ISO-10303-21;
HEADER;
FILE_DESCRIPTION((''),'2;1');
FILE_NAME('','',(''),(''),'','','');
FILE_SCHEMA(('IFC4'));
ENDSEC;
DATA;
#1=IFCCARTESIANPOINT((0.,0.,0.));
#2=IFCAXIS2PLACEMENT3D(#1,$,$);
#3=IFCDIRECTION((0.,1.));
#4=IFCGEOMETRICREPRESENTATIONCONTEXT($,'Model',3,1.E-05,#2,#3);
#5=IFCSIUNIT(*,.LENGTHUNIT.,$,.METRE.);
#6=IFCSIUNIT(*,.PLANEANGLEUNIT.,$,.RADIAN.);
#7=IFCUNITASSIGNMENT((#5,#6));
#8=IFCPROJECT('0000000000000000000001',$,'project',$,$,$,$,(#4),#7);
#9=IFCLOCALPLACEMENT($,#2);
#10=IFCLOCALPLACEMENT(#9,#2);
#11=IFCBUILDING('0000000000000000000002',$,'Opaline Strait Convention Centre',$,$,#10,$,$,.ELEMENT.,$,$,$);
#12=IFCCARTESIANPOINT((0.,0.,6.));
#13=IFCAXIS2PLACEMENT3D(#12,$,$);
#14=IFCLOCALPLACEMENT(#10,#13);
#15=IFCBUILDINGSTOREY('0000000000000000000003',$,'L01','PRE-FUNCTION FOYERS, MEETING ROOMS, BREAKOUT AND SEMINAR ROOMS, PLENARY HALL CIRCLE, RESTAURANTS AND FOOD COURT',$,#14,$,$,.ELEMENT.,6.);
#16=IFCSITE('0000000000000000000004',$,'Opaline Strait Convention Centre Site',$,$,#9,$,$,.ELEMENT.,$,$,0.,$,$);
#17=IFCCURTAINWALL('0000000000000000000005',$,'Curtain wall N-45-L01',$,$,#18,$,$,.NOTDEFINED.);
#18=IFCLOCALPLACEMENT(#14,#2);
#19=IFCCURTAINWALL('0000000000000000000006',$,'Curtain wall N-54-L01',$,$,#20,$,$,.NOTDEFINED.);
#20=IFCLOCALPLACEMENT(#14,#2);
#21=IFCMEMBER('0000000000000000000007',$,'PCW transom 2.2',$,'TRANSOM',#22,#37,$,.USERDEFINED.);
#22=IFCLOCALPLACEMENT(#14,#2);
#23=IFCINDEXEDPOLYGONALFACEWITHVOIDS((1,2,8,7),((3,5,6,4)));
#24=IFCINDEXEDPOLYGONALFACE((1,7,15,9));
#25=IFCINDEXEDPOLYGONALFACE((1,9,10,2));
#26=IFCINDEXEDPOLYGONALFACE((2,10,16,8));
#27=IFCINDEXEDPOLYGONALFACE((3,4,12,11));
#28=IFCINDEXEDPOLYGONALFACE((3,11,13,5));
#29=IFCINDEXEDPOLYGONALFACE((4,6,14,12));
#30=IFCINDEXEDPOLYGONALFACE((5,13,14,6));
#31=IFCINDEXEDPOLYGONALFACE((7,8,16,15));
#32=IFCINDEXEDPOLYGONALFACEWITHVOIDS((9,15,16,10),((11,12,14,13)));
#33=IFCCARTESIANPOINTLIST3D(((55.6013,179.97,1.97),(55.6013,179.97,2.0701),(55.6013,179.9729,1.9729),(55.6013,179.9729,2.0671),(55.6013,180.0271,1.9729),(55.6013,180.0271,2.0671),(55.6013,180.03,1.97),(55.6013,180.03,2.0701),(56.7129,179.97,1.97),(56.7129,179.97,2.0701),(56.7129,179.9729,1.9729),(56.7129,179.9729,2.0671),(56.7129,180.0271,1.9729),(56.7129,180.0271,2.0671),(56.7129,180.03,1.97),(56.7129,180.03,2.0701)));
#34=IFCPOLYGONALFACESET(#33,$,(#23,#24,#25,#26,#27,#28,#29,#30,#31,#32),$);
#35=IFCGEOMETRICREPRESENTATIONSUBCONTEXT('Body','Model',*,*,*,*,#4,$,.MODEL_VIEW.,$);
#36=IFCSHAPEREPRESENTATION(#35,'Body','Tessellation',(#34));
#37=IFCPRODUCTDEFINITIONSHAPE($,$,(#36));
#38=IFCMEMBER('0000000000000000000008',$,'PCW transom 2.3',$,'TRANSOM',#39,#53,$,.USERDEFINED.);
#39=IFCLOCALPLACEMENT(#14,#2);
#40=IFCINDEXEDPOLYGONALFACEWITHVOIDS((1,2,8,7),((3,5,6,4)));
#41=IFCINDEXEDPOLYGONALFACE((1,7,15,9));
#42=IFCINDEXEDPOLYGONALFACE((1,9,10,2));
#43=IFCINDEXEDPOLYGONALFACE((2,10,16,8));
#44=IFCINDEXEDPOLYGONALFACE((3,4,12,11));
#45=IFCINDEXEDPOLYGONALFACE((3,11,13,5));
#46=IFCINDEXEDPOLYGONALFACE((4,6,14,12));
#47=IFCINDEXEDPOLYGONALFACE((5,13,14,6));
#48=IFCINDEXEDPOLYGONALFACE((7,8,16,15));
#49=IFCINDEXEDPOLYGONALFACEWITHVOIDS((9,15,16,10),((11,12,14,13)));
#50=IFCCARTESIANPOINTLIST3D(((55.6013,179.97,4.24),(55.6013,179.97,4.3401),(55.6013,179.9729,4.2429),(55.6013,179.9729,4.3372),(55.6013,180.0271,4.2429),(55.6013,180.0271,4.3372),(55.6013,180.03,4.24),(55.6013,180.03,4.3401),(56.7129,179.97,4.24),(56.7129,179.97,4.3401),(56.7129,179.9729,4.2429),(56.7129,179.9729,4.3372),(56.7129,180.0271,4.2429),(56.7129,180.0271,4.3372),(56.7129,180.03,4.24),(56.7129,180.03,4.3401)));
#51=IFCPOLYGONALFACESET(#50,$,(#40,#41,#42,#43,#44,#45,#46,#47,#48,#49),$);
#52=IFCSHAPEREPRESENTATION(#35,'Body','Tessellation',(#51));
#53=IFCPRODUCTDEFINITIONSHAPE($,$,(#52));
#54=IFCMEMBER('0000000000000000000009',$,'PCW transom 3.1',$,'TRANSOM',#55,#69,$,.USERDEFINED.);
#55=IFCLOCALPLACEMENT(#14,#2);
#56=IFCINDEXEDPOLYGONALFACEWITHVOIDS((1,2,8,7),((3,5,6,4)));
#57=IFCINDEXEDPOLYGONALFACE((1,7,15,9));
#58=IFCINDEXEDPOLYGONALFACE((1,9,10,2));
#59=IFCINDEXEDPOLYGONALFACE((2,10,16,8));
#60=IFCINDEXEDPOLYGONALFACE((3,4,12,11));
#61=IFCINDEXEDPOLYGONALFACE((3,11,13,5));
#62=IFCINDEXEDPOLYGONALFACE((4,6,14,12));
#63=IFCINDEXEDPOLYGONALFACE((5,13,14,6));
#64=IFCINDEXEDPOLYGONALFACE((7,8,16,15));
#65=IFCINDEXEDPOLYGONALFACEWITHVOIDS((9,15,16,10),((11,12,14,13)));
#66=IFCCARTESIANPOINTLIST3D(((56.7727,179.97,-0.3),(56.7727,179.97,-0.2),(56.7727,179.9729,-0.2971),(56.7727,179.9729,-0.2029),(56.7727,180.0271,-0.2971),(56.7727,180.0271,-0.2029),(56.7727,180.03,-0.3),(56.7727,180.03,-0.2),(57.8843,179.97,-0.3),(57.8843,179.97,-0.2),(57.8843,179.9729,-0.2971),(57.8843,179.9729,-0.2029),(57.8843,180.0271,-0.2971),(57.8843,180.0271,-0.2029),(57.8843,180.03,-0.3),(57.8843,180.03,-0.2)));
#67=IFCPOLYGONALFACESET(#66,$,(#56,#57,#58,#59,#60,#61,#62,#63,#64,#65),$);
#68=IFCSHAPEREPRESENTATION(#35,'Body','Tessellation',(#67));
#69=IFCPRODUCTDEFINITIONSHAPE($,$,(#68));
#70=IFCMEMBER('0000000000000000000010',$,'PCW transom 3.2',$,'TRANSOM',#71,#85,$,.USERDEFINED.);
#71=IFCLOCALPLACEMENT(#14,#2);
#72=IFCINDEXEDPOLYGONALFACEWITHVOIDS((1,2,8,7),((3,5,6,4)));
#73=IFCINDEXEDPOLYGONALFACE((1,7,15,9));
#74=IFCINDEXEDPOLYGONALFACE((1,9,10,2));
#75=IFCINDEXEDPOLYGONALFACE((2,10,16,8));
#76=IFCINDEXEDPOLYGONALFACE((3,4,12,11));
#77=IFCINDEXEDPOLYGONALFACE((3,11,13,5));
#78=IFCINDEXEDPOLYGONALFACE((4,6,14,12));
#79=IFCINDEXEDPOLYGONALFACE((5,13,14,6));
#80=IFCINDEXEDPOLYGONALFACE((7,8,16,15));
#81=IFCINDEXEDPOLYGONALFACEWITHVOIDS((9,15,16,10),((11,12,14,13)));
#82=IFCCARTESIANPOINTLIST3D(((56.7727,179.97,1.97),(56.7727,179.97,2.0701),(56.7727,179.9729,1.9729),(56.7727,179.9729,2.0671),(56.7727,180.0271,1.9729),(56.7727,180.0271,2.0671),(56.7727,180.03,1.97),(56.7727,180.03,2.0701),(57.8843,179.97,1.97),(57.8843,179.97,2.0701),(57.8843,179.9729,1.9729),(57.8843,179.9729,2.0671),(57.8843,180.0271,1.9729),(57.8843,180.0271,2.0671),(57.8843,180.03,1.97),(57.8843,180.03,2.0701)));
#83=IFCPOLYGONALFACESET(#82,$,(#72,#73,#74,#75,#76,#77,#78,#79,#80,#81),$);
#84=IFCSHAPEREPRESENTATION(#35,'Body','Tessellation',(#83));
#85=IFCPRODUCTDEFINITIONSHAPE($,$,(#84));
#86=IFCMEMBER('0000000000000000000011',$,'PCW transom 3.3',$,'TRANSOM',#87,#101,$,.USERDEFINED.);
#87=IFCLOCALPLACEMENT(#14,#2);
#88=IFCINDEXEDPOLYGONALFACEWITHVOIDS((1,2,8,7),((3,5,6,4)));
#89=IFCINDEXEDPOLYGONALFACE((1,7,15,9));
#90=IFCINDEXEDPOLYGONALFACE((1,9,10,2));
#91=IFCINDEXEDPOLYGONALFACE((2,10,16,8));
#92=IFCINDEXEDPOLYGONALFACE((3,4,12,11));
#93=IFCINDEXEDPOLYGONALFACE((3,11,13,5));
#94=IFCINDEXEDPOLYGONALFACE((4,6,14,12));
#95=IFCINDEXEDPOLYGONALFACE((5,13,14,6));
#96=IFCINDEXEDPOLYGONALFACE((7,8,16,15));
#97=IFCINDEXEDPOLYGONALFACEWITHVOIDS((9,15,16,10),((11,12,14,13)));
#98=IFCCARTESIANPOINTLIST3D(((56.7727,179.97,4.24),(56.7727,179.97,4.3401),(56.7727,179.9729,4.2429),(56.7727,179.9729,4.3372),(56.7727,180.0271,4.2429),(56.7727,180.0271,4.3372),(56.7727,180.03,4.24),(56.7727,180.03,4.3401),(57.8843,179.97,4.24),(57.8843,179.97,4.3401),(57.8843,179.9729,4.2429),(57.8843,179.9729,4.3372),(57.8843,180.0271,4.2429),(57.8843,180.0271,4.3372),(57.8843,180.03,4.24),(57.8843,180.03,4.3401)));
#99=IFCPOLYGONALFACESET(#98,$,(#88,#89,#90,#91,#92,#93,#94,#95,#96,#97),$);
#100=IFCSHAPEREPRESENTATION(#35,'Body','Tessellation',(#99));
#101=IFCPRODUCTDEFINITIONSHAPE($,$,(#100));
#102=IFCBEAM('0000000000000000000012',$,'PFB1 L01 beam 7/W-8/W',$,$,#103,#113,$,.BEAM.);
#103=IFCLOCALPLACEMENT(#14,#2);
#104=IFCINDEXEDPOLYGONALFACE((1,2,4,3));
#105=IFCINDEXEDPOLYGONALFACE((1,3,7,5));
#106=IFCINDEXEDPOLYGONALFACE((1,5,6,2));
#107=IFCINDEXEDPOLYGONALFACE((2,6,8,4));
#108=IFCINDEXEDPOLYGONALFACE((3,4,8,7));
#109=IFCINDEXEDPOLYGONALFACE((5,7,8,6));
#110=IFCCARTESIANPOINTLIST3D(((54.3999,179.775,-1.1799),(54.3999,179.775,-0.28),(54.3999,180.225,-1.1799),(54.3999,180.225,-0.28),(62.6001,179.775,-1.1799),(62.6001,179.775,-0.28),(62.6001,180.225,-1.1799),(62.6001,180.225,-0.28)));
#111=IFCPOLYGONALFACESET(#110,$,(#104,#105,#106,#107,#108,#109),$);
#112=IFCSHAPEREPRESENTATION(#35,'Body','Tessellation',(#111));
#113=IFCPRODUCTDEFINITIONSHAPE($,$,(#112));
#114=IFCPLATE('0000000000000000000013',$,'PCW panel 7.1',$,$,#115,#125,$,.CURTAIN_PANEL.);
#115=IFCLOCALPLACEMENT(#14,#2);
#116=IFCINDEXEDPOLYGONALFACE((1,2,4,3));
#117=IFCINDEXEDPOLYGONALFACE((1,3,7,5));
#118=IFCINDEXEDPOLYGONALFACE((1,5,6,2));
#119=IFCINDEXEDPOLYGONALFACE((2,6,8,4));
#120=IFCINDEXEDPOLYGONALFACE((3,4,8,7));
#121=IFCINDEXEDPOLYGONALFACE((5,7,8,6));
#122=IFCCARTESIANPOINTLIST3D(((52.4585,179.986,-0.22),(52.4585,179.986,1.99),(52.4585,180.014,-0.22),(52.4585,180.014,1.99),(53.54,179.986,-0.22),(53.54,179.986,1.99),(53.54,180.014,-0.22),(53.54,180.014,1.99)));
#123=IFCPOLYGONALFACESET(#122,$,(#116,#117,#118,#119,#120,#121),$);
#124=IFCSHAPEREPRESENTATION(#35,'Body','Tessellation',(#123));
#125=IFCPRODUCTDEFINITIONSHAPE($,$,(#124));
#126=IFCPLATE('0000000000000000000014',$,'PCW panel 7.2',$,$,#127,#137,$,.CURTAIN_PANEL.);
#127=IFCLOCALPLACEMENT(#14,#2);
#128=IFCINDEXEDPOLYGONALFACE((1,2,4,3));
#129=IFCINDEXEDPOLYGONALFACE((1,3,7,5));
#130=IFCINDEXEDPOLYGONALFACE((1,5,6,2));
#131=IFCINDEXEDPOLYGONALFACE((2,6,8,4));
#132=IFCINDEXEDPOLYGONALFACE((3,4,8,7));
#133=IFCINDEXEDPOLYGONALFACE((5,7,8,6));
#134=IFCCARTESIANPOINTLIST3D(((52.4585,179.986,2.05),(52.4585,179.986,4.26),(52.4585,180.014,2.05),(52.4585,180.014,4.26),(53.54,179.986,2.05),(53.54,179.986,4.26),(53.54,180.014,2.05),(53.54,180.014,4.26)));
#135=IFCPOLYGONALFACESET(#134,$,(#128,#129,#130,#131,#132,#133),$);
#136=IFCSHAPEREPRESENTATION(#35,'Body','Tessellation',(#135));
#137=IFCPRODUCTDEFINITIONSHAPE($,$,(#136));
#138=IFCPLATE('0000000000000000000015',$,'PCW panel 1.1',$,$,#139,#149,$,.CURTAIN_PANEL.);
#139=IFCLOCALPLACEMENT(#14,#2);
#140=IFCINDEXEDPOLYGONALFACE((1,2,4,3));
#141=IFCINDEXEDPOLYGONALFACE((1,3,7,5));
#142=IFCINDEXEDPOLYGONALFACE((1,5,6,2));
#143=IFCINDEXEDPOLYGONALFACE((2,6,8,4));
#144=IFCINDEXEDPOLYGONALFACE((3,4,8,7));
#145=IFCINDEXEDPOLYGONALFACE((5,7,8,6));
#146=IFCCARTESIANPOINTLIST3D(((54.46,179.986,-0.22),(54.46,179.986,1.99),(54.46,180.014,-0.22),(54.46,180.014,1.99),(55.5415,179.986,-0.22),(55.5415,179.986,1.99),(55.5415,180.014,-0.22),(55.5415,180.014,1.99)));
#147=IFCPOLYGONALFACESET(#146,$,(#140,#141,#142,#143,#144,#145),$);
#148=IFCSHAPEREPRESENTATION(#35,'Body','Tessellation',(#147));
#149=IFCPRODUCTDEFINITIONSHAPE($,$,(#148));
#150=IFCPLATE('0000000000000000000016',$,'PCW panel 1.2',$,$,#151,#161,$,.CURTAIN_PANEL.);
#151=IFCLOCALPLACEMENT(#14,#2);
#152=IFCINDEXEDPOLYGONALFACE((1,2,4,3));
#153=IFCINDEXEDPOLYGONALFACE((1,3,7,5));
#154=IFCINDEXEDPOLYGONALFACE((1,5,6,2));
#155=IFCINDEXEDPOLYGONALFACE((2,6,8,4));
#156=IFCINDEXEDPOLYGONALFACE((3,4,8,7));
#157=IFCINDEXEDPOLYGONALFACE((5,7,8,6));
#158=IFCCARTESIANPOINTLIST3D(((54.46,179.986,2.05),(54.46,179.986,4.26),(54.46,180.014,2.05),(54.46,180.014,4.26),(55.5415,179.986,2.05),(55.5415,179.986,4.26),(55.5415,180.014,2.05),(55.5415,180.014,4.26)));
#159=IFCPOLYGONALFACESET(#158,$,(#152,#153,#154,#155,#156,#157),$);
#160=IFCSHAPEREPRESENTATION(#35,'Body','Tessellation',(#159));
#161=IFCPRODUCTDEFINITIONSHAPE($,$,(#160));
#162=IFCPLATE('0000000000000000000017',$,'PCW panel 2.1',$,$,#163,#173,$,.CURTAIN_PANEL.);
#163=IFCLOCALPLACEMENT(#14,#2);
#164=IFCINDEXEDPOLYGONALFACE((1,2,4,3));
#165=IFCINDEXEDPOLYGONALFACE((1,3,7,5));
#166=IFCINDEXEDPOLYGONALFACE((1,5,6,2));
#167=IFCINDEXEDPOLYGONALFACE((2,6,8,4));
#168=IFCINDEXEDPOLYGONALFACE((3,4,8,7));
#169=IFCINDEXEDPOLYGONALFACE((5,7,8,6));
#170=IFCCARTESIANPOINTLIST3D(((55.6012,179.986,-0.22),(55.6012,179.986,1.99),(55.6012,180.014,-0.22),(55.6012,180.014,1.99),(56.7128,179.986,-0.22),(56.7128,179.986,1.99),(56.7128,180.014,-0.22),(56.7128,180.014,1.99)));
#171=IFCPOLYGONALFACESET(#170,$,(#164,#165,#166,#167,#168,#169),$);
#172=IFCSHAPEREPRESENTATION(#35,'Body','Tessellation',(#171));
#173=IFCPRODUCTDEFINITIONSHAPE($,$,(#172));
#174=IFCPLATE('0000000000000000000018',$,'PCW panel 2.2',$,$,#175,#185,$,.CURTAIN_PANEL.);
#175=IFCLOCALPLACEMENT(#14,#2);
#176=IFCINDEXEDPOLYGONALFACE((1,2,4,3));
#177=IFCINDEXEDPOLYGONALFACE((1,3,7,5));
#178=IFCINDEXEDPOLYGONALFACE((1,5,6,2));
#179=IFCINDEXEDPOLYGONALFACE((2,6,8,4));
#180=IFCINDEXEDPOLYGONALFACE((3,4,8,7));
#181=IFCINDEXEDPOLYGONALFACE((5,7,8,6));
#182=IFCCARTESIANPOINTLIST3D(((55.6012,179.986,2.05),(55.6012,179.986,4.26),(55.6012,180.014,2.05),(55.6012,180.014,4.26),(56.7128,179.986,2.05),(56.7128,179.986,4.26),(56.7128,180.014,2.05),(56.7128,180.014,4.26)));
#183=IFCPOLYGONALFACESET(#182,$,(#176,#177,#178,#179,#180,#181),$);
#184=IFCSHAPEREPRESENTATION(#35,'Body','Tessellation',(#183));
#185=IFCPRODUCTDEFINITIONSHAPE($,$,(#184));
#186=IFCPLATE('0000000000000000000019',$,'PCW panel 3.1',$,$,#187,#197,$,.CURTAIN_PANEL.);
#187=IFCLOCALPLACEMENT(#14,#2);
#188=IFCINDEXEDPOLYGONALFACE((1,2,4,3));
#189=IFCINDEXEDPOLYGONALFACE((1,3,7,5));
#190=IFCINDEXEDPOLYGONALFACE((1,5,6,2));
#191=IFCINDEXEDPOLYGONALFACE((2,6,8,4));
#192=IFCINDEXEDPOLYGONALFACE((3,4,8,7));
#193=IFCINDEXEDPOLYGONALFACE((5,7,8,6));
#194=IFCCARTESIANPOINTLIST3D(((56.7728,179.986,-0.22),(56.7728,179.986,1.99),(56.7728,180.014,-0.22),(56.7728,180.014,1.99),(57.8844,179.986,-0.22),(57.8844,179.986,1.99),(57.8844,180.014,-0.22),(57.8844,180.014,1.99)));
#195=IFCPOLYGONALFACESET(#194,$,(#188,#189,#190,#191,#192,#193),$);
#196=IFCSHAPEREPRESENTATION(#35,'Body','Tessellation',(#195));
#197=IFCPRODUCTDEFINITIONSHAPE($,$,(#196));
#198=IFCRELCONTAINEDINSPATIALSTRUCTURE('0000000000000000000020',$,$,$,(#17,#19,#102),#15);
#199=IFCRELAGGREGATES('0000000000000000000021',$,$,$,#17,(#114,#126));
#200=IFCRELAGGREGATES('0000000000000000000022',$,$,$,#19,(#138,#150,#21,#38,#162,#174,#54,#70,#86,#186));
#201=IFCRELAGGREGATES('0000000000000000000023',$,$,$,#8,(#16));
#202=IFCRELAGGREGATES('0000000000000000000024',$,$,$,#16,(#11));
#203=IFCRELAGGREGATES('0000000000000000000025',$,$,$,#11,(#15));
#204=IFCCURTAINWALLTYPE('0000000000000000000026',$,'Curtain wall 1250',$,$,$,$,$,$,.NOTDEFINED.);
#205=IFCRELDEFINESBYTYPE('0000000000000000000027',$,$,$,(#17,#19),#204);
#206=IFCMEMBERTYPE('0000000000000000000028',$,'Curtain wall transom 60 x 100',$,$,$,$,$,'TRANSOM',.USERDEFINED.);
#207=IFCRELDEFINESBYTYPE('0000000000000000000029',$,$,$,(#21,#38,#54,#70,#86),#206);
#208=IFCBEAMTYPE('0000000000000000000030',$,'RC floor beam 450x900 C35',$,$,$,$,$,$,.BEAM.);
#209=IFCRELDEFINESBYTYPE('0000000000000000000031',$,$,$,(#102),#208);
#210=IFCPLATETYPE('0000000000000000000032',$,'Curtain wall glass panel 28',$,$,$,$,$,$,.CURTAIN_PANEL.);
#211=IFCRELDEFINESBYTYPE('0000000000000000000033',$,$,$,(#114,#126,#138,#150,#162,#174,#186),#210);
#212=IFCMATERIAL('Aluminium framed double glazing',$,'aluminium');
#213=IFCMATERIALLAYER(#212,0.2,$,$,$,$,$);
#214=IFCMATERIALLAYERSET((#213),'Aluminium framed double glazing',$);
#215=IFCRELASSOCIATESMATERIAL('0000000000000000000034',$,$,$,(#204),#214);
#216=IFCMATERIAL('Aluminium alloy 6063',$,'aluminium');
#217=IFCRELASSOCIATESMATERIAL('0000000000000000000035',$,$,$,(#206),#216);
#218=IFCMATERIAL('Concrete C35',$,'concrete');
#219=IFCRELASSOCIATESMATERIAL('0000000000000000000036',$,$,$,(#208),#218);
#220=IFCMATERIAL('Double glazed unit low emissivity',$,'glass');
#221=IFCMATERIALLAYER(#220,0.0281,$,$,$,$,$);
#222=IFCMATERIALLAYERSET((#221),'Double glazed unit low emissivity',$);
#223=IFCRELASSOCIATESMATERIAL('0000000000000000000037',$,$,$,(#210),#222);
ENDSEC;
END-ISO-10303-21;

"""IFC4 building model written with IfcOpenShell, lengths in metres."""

from ifc_helpers import new_model, si_unit, direction, frame, origin, origin_2d, place, context, subcontext, project, spatial, rectangle, hollow_rectangle, extrude, material, layer, layer_set, material_profile, profile_set, type_object, element, aggregate, save


model = new_model("IFC4")

# Units and contexts
model_context = context("Model", 3, precision=1e-05, world=origin(), true_north=direction((0.0, 1.0)))
body_context = subcontext(model_context, "Body", "Model", "MODEL_VIEW")
ifc_project = project(units=[si_unit("LENGTHUNIT", "METRE"), si_unit("PLANEANGLEUNIT", "RADIAN")], contexts=[model_context])

# Site, building, storey
site_placement = place(None, origin())
site = spatial("IfcSite", under=ifc_project, at=site_placement, Name="Opaline Strait Convention Centre Site", CompositionType="ELEMENT", RefElevation=0.0)
building_placement = place(site_placement, origin())
building = spatial("IfcBuilding", under=site, at=building_placement, Name="Opaline Strait Convention Centre", CompositionType="ELEMENT")
storey_placement = place(building_placement, frame((0.0, 0.0, 6.0)))
storey = spatial("IfcBuildingStorey", under=building, at=storey_placement, Name="L01", Description="PRE-FUNCTION FOYERS, MEETING ROOMS, BREAKOUT AND SEMINAR ROOMS, PLENARY HALL CIRCLE, RESTAURANTS AND FOOD COURT", CompositionType="ELEMENT", Elevation=6.0)

# Curtain wall
ifc_material_1 = material(Name="Aluminium framed double glazing", Category="aluminium")
ifc_layer_1 = layer(ifc_material_1, 0.2)
ifc_layer_set_1 = layer_set([ifc_layer_1], Name="Aluminium framed double glazing")
curtain_wall_type = type_object("IfcCurtainWallType", Name="Curtain wall 1250", PredefinedType="NOTDEFINED", material=ifc_layer_set_1)
curtain_wall_1_placement = place(storey_placement, origin())
curtain_wall_1 = element("IfcCurtainWall", 1, at=curtain_wall_1_placement, inside=storey, type_object=curtain_wall_type, Name="Curtain wall N-45-L01", PredefinedType="NOTDEFINED")
ifc_material_2 = material(Name="Aluminium alloy 6063", Category="aluminium")

# Curtain wall
curtain_wall_2_placement = place(storey_placement, origin())
curtain_wall_2 = element("IfcCurtainWall", 2, at=curtain_wall_2_placement, inside=storey, type_object=curtain_wall_type, Name="Curtain wall N-54-L01", PredefinedType="NOTDEFINED")

# Members
ifc_material_profile_1 = material_profile(ifc_material_2, hollow_rectangle(XDim=0.0601, YDim=0.1001, WallThickness=0.0029, at=origin_2d()), Name="TRANSOM 60x100x3")
ifc_profile_set_1 = profile_set([ifc_material_profile_1], Name="Aluminium alloy 6063")
member_type_1 = type_object("IfcMemberType", Name="Curtain wall transom 60 x 100", ElementType="TRANSOM", PredefinedType="USERDEFINED", material=ifc_profile_set_1)
member_1_placement = place(storey_placement, frame((55.6013, 180.0, 2.02), z_axis=(1.0, 0.0, 0.0), x_axis=(0.0, 1.0, 0.0)))
member_1 = element("IfcMember", 3, at=member_1_placement, type_object=member_type_1, Name="PCW transom 2.2", ObjectType="TRANSOM", PredefinedType="USERDEFINED", context=body_context, shape_type="SweptSolid", body=[
    extrude(hollow_rectangle(XDim=0.0601, YDim=0.1001, WallThickness=0.0029, at=origin_2d()), origin(), (0.0, 0.0, 1.0), 1.1116),
])
member_2_placement = place(storey_placement, frame((55.6013, 180.0, 4.29), z_axis=(1.0, 0.0, 0.0), x_axis=(0.0, 1.0, 0.0)))
member_2 = element("IfcMember", 4, at=member_2_placement, type_object=member_type_1, Name="PCW transom 2.3", ObjectType="TRANSOM", PredefinedType="USERDEFINED", context=body_context, shape_type="SweptSolid", body=[
    extrude(hollow_rectangle(XDim=0.0601, YDim=0.1001, WallThickness=0.0029, at=origin_2d()), origin(), (0.0, 0.0, 1.0), 1.1116),
])
member_3_placement = place(storey_placement, frame((56.7727, 180.0, -0.25), z_axis=(1.0, 0.0, 0.0), x_axis=(0.0, 1.0, 0.0)))
member_3 = element("IfcMember", 5, at=member_3_placement, type_object=member_type_1, Name="PCW transom 3.1", ObjectType="TRANSOM", PredefinedType="USERDEFINED", context=body_context, shape_type="SweptSolid", body=[
    extrude(hollow_rectangle(XDim=0.0601, YDim=0.1001, WallThickness=0.0029, at=origin_2d()), origin(), (0.0, 0.0, 1.0), 1.1116),
])
member_4_placement = place(storey_placement, frame((56.7727, 180.0, 2.02), z_axis=(1.0, 0.0, 0.0), x_axis=(0.0, 1.0, 0.0)))
member_4 = element("IfcMember", 6, at=member_4_placement, type_object=member_type_1, Name="PCW transom 3.2", ObjectType="TRANSOM", PredefinedType="USERDEFINED", context=body_context, shape_type="SweptSolid", body=[
    extrude(hollow_rectangle(XDim=0.0601, YDim=0.1001, WallThickness=0.0029, at=origin_2d()), origin(), (0.0, 0.0, 1.0), 1.1116),
])
member_5_placement = place(storey_placement, frame((56.7727, 180.0, 4.29), z_axis=(1.0, 0.0, 0.0), x_axis=(0.0, 1.0, 0.0)))
member_5 = element("IfcMember", 7, at=member_5_placement, type_object=member_type_1, Name="PCW transom 3.3", ObjectType="TRANSOM", PredefinedType="USERDEFINED", context=body_context, shape_type="SweptSolid", body=[
    extrude(hollow_rectangle(XDim=0.0601, YDim=0.1001, WallThickness=0.0029, at=origin_2d()), origin(), (0.0, 0.0, 1.0), 1.1116),
])

# Beam
ifc_material_3 = material(Name="Concrete C35", Category="concrete")
ifc_material_profile_2 = material_profile(ifc_material_3, rectangle(XDim=0.45, YDim=0.8999, at=origin_2d()), Name="RC 450x900")
ifc_profile_set_2 = profile_set([ifc_material_profile_2], Name="Concrete C35")
beam_type = type_object("IfcBeamType", Name="RC floor beam 450x900 C35", PredefinedType="BEAM", material=ifc_profile_set_2)
beam_placement = place(storey_placement, frame((54.3999, 180.0, -0.73), z_axis=(1.0, 0.0, 0.0), x_axis=(0.0, 1.0, 0.0)))
element("IfcBeam", 8, at=beam_placement, inside=storey, type_object=beam_type, Name="PFB1 L01 beam 7/W-8/W", PredefinedType="BEAM", context=body_context, shape_type="SweptSolid", body=[
    extrude(rectangle(XDim=0.45, YDim=0.8999, at=origin_2d()), origin(), (0.0, 0.0, 1.0), 8.2002),
])

# Plates
ifc_material_4 = material(Name="Double glazed unit low emissivity", Category="glass")
ifc_layer_2 = layer(ifc_material_4, 0.0281)
ifc_layer_set_2 = layer_set([ifc_layer_2], Name="Double glazed unit low emissivity")
plate_type = type_object("IfcPlateType", Name="Curtain wall glass panel 28", PredefinedType="CURTAIN_PANEL", material=ifc_layer_set_2)
plate_1_placement = place(storey_placement, frame((52.9993, 180.0, -0.22), z_axis=(0.0, 0.0, 1.0), x_axis=(1.0, 0.0, 0.0)))
plate_1 = element("IfcPlate", 9, at=plate_1_placement, type_object=plate_type, Name="PCW panel 7.1", PredefinedType="CURTAIN_PANEL", context=body_context, shape_type="SweptSolid", body=[
    extrude(rectangle(XDim=1.0815, YDim=0.0281, at=origin_2d()), origin(), (0.0, 0.0, 1.0), 2.21),
])
plate_2_placement = place(storey_placement, frame((52.9993, 180.0, 2.05), z_axis=(0.0, 0.0, 1.0), x_axis=(1.0, 0.0, 0.0)))
plate_2 = element("IfcPlate", 10, at=plate_2_placement, type_object=plate_type, Name="PCW panel 7.2", PredefinedType="CURTAIN_PANEL", context=body_context, shape_type="SweptSolid", body=[
    extrude(rectangle(XDim=1.0815, YDim=0.0281, at=origin_2d()), origin(), (0.0, 0.0, 1.0), 2.21),
])
aggregate(curtain_wall_1, [plate_1, plate_2])
plate_3_placement = place(storey_placement, frame((55.0007, 180.0, -0.22), z_axis=(0.0, 0.0, 1.0), x_axis=(1.0, 0.0, 0.0)))
plate_3 = element("IfcPlate", 11, at=plate_3_placement, type_object=plate_type, Name="PCW panel 1.1", PredefinedType="CURTAIN_PANEL", context=body_context, shape_type="SweptSolid", body=[
    extrude(rectangle(XDim=1.0815, YDim=0.0281, at=origin_2d()), origin(), (0.0, 0.0, 1.0), 2.21),
])
plate_4_placement = place(storey_placement, frame((55.0007, 180.0, 2.05), z_axis=(0.0, 0.0, 1.0), x_axis=(1.0, 0.0, 0.0)))
plate_4 = element("IfcPlate", 12, at=plate_4_placement, type_object=plate_type, Name="PCW panel 1.2", PredefinedType="CURTAIN_PANEL", context=body_context, shape_type="SweptSolid", body=[
    extrude(rectangle(XDim=1.0815, YDim=0.0281, at=origin_2d()), origin(), (0.0, 0.0, 1.0), 2.21),
])
plate_5_placement = place(storey_placement, frame((56.157, 180.0, -0.22), z_axis=(0.0, 0.0, 1.0), x_axis=(1.0, 0.0, 0.0)))
plate_5 = element("IfcPlate", 13, at=plate_5_placement, type_object=plate_type, Name="PCW panel 2.1", PredefinedType="CURTAIN_PANEL", context=body_context, shape_type="SweptSolid", body=[
    extrude(rectangle(XDim=1.1116, YDim=0.0281, at=origin_2d()), origin(), (0.0, 0.0, 1.0), 2.21),
])
plate_6_placement = place(storey_placement, frame((56.157, 180.0, 2.05), z_axis=(0.0, 0.0, 1.0), x_axis=(1.0, 0.0, 0.0)))
plate_6 = element("IfcPlate", 14, at=plate_6_placement, type_object=plate_type, Name="PCW panel 2.2", PredefinedType="CURTAIN_PANEL", context=body_context, shape_type="SweptSolid", body=[
    extrude(rectangle(XDim=1.1116, YDim=0.0281, at=origin_2d()), origin(), (0.0, 0.0, 1.0), 2.21),
])
plate_7_placement = place(storey_placement, frame((57.3286, 180.0, -0.22), z_axis=(0.0, 0.0, 1.0), x_axis=(1.0, 0.0, 0.0)))
plate_7 = element("IfcPlate", 15, at=plate_7_placement, type_object=plate_type, Name="PCW panel 3.1", PredefinedType="CURTAIN_PANEL", context=body_context, shape_type="SweptSolid", body=[
    extrude(rectangle(XDim=1.1116, YDim=0.0281, at=origin_2d()), origin(), (0.0, 0.0, 1.0), 2.21),
])
aggregate(curtain_wall_2, [plate_3, plate_4, member_1, member_2, plate_5, plate_6, member_3, member_4, member_5, plate_7])

save(model, "model.ifc")
